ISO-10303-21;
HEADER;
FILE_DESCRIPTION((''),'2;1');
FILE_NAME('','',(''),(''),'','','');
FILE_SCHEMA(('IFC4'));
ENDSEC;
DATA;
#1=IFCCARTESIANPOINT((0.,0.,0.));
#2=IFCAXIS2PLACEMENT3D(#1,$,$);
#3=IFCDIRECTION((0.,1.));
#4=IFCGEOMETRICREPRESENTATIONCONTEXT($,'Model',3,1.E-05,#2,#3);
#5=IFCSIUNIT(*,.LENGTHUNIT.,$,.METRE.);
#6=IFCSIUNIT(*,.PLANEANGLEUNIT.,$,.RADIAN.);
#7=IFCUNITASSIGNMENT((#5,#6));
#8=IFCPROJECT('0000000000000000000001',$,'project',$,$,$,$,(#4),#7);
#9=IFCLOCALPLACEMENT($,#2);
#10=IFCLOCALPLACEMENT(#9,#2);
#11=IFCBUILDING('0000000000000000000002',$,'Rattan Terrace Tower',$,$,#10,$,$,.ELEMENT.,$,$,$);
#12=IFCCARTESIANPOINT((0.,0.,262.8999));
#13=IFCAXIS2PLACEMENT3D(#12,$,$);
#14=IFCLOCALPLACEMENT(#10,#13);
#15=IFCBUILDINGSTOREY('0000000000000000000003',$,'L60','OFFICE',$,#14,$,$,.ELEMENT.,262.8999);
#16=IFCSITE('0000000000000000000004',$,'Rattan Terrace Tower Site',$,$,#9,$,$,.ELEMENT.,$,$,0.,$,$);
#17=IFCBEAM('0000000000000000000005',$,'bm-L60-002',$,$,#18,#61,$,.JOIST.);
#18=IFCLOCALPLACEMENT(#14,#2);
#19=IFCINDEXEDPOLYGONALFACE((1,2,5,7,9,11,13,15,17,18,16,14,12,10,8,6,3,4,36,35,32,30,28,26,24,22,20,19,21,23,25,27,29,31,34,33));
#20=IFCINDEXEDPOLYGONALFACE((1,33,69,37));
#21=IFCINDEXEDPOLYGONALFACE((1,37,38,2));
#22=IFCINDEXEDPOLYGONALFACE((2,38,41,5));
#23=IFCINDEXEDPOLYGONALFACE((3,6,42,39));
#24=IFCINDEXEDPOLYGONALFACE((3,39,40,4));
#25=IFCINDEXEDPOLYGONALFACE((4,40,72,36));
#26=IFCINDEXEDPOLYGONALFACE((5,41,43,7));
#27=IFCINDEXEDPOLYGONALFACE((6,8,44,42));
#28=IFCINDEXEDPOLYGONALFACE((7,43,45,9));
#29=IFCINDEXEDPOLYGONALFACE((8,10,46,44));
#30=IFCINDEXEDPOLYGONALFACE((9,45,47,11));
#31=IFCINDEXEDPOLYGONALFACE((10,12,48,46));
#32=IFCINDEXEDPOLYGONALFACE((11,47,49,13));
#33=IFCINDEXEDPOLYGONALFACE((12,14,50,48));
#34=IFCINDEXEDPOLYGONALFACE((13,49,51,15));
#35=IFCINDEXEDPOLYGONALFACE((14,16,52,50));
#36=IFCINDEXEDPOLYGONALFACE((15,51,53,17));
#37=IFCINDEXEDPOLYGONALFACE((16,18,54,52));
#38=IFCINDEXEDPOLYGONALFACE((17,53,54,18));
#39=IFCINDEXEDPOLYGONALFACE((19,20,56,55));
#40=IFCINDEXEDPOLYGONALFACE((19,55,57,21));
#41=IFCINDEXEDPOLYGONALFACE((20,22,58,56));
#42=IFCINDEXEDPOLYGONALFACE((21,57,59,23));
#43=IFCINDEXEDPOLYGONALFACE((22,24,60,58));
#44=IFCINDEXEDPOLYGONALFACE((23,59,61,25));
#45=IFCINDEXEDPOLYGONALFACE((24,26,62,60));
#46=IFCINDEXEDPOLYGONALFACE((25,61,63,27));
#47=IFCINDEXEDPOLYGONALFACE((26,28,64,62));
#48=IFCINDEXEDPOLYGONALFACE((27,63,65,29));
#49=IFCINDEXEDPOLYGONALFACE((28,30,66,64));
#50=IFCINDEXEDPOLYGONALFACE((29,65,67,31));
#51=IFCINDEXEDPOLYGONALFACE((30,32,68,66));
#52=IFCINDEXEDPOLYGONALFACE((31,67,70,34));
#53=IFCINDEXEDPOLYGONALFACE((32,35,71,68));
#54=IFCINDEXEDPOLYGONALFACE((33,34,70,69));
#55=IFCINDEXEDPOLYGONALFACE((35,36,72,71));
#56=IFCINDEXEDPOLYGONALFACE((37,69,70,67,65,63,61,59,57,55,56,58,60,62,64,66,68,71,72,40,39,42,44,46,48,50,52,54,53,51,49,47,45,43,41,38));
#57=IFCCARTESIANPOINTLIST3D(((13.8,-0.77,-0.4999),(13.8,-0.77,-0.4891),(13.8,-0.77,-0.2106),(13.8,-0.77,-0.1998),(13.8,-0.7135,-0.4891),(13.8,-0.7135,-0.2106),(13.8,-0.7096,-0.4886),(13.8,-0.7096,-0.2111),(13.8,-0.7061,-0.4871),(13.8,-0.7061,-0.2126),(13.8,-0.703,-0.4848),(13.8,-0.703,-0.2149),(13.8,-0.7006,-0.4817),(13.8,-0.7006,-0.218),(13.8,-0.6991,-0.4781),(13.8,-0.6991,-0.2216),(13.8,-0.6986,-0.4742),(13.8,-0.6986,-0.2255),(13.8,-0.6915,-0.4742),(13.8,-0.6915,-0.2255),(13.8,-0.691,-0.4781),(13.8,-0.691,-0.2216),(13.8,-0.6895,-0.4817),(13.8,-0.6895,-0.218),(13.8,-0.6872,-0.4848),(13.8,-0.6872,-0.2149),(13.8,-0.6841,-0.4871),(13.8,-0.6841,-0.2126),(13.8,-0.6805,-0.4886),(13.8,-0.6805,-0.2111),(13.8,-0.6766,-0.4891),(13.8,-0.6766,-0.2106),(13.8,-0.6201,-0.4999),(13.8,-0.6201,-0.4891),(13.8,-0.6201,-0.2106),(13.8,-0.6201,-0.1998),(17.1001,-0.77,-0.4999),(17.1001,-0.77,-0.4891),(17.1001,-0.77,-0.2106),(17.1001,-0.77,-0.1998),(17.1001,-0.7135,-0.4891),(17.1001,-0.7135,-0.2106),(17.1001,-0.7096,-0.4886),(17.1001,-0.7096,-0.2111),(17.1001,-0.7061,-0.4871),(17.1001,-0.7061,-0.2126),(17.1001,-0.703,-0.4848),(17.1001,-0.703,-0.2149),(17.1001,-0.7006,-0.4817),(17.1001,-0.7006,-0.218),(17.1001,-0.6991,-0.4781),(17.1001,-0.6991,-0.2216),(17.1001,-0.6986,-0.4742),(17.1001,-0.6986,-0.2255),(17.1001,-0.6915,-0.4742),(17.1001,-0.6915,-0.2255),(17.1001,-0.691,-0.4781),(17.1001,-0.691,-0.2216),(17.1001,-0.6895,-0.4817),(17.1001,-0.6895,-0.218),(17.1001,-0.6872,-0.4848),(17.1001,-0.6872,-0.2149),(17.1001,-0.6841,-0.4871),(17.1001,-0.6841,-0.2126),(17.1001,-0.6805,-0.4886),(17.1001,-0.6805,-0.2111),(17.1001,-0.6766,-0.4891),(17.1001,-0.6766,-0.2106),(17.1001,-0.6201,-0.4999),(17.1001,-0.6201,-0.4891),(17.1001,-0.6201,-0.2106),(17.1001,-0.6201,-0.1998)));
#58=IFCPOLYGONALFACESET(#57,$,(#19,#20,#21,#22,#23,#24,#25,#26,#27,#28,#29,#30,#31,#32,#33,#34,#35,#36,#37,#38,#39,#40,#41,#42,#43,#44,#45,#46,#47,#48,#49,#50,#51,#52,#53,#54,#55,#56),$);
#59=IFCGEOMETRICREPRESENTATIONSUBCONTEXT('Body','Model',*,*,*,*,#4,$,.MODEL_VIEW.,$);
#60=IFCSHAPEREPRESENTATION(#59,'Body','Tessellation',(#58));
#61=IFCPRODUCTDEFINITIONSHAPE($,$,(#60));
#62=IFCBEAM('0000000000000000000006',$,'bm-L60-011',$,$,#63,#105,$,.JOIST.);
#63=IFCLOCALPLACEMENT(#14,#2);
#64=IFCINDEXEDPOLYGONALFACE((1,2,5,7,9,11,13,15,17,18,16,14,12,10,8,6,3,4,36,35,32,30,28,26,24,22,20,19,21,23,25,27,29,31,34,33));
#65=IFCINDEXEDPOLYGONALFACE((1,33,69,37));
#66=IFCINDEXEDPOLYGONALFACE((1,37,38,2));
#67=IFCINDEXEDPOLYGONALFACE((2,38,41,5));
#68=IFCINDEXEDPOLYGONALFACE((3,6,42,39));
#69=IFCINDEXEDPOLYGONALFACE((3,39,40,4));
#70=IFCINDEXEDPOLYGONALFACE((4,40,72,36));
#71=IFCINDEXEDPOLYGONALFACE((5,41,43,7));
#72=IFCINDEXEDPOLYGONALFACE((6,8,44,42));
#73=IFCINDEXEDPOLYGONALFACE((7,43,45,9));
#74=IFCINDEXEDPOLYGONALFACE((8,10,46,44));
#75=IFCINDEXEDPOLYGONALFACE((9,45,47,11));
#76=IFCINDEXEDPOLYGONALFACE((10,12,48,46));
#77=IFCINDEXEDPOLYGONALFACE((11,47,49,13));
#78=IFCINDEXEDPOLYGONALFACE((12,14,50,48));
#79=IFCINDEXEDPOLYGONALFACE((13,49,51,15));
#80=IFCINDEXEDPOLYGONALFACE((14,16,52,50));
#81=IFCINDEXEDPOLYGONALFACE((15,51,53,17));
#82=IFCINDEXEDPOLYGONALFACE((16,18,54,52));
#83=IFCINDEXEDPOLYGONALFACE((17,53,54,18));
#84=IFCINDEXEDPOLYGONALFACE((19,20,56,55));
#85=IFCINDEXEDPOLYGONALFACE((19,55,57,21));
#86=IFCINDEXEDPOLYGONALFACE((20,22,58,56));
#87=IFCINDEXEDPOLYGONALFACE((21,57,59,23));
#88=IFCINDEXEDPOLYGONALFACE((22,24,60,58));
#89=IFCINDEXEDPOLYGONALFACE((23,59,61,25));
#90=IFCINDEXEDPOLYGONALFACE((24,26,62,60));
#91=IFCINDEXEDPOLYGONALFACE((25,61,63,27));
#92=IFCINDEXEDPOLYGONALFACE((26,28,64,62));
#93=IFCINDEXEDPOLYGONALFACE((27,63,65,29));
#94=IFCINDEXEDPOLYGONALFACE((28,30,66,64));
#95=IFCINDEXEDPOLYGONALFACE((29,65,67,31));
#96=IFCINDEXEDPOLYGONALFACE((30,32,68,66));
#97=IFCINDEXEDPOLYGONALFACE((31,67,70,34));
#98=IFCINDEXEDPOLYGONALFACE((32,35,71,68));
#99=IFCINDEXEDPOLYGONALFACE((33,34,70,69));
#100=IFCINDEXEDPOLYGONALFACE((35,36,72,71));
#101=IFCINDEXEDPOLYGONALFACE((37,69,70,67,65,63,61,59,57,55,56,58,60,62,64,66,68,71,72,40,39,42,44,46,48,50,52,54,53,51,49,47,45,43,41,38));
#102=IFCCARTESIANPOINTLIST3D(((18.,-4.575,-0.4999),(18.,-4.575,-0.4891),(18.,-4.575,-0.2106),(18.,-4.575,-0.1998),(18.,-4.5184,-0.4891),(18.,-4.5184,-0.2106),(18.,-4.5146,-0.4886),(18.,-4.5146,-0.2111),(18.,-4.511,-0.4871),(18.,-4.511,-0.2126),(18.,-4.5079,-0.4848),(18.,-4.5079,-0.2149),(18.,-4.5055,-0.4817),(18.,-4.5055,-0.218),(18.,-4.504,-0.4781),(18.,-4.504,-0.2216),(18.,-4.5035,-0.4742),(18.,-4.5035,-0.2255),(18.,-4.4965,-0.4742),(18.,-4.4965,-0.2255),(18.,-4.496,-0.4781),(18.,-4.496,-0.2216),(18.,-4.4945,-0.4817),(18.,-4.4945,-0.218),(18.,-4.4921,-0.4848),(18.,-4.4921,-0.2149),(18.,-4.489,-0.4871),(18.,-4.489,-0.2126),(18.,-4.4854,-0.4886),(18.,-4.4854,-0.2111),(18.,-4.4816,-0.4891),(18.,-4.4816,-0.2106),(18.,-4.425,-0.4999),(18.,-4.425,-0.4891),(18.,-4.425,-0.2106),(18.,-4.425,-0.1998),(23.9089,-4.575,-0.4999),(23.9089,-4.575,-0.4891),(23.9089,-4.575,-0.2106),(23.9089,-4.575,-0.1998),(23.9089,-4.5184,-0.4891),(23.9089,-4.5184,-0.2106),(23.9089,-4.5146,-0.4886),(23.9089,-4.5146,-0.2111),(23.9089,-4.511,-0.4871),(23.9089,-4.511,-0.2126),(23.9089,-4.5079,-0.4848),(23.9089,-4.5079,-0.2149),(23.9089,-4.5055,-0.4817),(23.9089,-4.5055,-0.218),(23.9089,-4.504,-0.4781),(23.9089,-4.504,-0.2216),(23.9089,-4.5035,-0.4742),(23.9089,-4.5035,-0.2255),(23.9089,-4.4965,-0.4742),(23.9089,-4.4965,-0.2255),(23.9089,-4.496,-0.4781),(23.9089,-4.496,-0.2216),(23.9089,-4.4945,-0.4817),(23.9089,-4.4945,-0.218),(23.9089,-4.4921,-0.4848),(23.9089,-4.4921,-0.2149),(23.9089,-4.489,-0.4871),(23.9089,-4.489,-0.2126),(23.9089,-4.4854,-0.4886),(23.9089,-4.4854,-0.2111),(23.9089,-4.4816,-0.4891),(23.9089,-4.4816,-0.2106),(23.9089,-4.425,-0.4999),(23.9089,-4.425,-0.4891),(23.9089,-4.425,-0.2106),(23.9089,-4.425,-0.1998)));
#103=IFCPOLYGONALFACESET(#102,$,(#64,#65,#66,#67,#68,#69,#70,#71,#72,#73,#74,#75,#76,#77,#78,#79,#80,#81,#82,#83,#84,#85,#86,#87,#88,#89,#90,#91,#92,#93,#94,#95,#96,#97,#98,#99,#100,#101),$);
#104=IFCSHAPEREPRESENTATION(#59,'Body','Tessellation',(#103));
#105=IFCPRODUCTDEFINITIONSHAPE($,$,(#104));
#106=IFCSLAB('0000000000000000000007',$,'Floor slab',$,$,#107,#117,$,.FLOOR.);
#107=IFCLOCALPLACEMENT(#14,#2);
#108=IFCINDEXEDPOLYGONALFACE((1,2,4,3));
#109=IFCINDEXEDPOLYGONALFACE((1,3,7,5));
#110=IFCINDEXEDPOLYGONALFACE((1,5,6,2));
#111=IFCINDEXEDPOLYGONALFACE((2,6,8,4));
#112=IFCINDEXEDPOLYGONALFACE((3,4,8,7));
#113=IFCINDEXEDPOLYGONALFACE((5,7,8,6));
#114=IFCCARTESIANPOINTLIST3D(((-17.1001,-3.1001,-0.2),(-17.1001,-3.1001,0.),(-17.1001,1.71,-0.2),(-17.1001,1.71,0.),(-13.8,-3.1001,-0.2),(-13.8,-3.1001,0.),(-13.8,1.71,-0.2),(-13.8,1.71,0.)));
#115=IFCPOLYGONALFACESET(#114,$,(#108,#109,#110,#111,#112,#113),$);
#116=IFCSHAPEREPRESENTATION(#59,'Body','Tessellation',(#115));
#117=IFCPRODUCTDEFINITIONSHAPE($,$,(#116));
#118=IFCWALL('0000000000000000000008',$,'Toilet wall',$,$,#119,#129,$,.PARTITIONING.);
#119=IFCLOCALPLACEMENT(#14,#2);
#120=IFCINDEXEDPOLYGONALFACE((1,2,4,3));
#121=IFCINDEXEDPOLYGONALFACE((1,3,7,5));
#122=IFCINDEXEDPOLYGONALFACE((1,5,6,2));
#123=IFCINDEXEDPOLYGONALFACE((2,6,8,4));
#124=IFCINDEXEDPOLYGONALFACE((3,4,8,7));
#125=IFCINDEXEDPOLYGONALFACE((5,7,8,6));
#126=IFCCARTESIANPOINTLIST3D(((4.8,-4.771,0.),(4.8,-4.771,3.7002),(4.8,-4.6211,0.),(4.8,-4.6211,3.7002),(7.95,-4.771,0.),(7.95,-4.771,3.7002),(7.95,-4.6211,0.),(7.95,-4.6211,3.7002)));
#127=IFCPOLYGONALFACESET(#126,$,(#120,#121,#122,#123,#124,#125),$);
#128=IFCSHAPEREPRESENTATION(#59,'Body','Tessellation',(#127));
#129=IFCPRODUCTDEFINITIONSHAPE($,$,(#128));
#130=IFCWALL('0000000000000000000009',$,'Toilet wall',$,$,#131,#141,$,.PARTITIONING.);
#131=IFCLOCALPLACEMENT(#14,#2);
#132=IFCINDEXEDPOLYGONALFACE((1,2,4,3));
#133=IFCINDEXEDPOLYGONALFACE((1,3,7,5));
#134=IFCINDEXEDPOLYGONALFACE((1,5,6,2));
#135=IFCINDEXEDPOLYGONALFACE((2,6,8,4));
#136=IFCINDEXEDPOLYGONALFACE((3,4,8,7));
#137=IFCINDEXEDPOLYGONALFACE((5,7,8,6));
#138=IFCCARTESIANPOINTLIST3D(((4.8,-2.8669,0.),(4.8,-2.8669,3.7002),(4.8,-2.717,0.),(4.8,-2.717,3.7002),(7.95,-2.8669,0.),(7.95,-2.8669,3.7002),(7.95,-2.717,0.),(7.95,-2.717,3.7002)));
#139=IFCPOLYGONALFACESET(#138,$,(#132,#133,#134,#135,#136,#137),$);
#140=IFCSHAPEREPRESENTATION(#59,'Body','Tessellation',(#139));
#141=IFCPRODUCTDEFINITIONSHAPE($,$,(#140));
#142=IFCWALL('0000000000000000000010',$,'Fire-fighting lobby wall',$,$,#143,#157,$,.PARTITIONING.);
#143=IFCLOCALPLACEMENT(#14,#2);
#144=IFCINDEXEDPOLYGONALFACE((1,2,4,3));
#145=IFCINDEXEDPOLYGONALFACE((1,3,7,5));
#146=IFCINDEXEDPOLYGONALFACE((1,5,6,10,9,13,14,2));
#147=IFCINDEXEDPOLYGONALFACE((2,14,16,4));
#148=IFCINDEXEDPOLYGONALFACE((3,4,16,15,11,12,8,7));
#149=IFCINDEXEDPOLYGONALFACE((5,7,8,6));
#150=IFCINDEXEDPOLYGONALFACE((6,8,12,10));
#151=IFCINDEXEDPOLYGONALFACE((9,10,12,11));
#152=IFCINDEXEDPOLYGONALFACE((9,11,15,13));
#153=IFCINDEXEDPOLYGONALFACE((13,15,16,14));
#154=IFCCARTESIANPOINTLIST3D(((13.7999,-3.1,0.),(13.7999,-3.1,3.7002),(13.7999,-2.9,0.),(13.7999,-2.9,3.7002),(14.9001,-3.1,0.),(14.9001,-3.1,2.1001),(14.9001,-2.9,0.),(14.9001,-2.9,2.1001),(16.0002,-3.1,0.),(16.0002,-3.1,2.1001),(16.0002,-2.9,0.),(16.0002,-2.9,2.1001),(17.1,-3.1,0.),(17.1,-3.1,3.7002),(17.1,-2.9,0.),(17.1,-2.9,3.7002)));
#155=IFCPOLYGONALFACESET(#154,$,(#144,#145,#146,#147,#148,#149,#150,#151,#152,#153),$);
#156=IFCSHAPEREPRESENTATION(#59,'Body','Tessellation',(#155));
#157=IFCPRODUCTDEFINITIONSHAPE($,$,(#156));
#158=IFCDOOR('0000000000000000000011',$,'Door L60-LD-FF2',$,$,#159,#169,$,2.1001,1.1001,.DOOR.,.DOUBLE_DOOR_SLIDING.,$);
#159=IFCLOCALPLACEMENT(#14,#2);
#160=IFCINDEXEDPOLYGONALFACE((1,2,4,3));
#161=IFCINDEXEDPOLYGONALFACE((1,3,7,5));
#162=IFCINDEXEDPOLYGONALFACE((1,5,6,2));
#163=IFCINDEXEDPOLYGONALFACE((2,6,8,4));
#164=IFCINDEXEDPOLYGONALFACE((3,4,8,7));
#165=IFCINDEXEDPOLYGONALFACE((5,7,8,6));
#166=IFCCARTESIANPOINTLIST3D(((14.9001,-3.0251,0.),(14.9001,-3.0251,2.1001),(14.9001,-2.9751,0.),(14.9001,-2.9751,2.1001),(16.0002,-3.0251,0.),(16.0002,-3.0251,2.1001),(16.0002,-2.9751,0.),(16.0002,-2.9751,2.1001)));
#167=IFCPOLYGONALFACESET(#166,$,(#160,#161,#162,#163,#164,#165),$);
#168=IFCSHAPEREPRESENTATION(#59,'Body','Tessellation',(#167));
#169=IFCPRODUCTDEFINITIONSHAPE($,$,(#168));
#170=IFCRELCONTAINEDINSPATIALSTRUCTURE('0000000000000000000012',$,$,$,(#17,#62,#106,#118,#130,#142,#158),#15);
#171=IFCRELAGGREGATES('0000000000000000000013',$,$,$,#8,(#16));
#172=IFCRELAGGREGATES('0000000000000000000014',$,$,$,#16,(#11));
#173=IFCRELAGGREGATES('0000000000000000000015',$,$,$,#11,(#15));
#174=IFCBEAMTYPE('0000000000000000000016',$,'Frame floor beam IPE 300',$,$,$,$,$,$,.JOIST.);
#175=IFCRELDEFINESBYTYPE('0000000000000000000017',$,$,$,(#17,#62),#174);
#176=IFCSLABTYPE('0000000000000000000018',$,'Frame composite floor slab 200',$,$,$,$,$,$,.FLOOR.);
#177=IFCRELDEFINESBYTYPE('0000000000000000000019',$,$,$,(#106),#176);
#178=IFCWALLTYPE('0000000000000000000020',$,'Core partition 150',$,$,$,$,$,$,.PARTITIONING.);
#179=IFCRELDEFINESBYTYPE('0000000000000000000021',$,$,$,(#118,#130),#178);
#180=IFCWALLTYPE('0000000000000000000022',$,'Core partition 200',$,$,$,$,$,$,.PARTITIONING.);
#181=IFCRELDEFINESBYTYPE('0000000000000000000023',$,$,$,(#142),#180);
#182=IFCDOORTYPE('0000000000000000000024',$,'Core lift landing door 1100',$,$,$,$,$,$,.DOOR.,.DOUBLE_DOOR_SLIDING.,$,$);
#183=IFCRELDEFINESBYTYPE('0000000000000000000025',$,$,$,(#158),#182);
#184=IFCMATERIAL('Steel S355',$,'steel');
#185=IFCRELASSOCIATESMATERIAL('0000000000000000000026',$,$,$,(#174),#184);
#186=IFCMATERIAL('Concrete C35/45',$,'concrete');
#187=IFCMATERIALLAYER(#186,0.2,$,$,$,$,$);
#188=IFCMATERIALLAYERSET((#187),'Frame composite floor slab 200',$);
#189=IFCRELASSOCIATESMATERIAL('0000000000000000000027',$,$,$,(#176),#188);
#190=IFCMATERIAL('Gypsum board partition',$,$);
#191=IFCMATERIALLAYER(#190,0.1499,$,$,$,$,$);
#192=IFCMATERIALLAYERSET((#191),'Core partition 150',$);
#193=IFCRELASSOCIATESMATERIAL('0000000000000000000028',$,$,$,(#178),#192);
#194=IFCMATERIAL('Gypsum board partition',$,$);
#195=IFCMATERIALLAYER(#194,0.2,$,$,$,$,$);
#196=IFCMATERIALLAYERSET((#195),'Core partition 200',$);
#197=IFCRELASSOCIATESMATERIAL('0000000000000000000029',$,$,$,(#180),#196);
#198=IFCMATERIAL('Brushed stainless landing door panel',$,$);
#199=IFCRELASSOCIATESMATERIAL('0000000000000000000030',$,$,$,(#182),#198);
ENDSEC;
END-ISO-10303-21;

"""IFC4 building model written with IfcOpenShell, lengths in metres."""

from ifc_helpers import new_model, si_unit, direction, frame, frame_2d, origin, origin_2d, place, context, subcontext, project, spatial, polyline, rectangle, i_section, outline, extrude, material, layer, layer_set, material_profile, profile_set, type_object, element, fill, save


model = new_model("IFC4")

# Units and contexts
model_context = context("Model", 3, precision=1e-05, world=origin(), true_north=direction((0.0, 1.0)))
body_context = subcontext(model_context, "Body", "Model", "MODEL_VIEW")
ifc_project = project(units=[si_unit("LENGTHUNIT", "METRE"), si_unit("PLANEANGLEUNIT", "RADIAN")], contexts=[model_context])

# Site, building, storey
site_placement = place(None, origin())
site = spatial("IfcSite", under=ifc_project, at=site_placement, Name="Rattan Terrace Tower Site", CompositionType="ELEMENT", RefElevation=0.0)
building_placement = place(site_placement, origin())
building = spatial("IfcBuilding", under=site, at=building_placement, Name="Rattan Terrace Tower", CompositionType="ELEMENT")
storey_placement = place(building_placement, frame((0.0, 0.0, 262.8999)))
storey = spatial("IfcBuildingStorey", under=building, at=storey_placement, Name="L60", Description="OFFICE", CompositionType="ELEMENT", Elevation=262.8999)

# Beams
ifc_material_1 = material(Name="Steel S355", Category="steel")
ifc_material_profile = material_profile(ifc_material_1, i_section(OverallWidth=0.1499, OverallDepth=0.3, WebThickness=0.0071, FlangeThickness=0.0107, FilletRadius=0.0149, at=origin_2d()), Name="IPE 300")
ifc_profile_set = profile_set([ifc_material_profile], Name="Steel S355")
beam_type = type_object("IfcBeamType", Name="Frame floor beam IPE 300", PredefinedType="JOIST", material=ifc_profile_set)
beam_1_placement = place(storey_placement, frame((13.8, -0.6951, -0.3499), z_axis=(1.0, 0.0, 0.0), x_axis=(0.0, 1.0, 0.0)))
element("IfcBeam", 1, at=beam_1_placement, inside=storey, type_object=beam_type, Name="bm-L60-002", PredefinedType="JOIST", context=body_context, shape_type="SweptSolid", body=[
    extrude(i_section(OverallWidth=0.1499, OverallDepth=0.3, WebThickness=0.0071, FlangeThickness=0.0107, FilletRadius=0.0149, at=origin_2d()), origin(), (0.0, 0.0, 1.0), 3.3),
])
beam_2_placement = place(storey_placement, frame((18.0, -4.5, -0.3499), z_axis=(1.0, 0.0, 0.0), x_axis=(0.0, 1.0, 0.0)))
element("IfcBeam", 2, at=beam_2_placement, inside=storey, type_object=beam_type, Name="bm-L60-011", PredefinedType="JOIST", context=body_context, shape_type="SweptSolid", body=[
    extrude(i_section(OverallWidth=0.1499, OverallDepth=0.3, WebThickness=0.0071, FlangeThickness=0.0107, FilletRadius=0.0149, at=origin_2d()), origin(), (0.0, 0.0, 1.0), 5.9089),
])

# Slab
ifc_material_2 = material(Name="Concrete C35/45", Category="concrete")
ifc_layer_1 = layer(ifc_material_2, 0.2)
ifc_layer_set_1 = layer_set([ifc_layer_1], Name="Frame composite floor slab 200")
slab_type = type_object("IfcSlabType", Name="Frame composite floor slab 200", PredefinedType="FLOOR", material=ifc_layer_set_1)
slab_placement = place(storey_placement, frame((0.0, 0.0, -0.2)))
element("IfcSlab", 3, at=slab_placement, inside=storey, type_object=slab_type, Name="Floor slab", PredefinedType="FLOOR", context=body_context, shape_type="SweptSolid", body=[
    extrude(outline(polyline([(-17.1001, -3.1001), (-13.8, -3.1001), (-13.8, 1.71), (-17.1001, 1.71), (-17.1001, -3.1001)])), origin(), (0.0, 0.0, 1.0), 0.2),
])

# Walls
ifc_material_3 = material(Name="Gypsum board partition")
ifc_layer_2 = layer(ifc_material_3, 0.1499)
ifc_layer_set_2 = layer_set([ifc_layer_2], Name="Core partition 150")
wall_type_1 = type_object("IfcWallType", Name="Core partition 150", PredefinedType="PARTITIONING", material=ifc_layer_set_2)
for number, where, z_axis, x_axis, name in (
    (4, (4.8, -4.696, 0.0), (0.0, 0.0, 1.0), (1.0, 0.0, 0.0), "Toilet wall"),
    (5, (4.8, -2.792, 0.0), (0.0, 0.0, 1.0), (1.0, 0.0, 0.0), "Toilet wall"),
):
    element("IfcWall", number, at=place(storey_placement, frame(where, z_axis=z_axis, x_axis=x_axis)), inside=storey, type_object=wall_type_1, Name=name, PredefinedType="PARTITIONING", context=body_context, shape_type="SweptSolid", body=[
        extrude(rectangle(XDim=3.1499, YDim=0.1499, at=frame_2d((1.575, 0.0))), origin(), (0.0, 0.0, 1.0), 3.7002),
    ])

# Wall, opening, door
ifc_material_4 = material(Name="Gypsum board partition")
ifc_layer_3 = layer(ifc_material_4, 0.2)
ifc_layer_set_3 = layer_set([ifc_layer_3], Name="Core partition 200")
wall_type_2 = type_object("IfcWallType", Name="Core partition 200", PredefinedType="PARTITIONING", material=ifc_layer_set_3)
wall_1_placement = place(storey_placement, frame((13.8, -3.0, 0.0), z_axis=(0.0, 0.0, 1.0), x_axis=(1.0, 0.0, 0.0)))
wall_1 = element("IfcWall", 6, at=wall_1_placement, inside=storey, type_object=wall_type_2, Name="Fire-fighting lobby wall", PredefinedType="PARTITIONING", context=body_context, shape_type="SweptSolid", body=[
    extrude(rectangle(XDim=3.3, YDim=0.2, at=frame_2d((1.6499, 0.0))), origin(), (0.0, 0.0, 1.0), 3.7002),
])
opening_1_placement = place(wall_1_placement, frame((1.1001, 0.0, 0.0)))
opening_1 = element("IfcOpeningElement", 7, at=opening_1_placement, cuts=wall_1, PredefinedType="OPENING", context=body_context, shape_type="SweptSolid", body=[
    extrude(rectangle(XDim=1.1001, YDim=2.1001, at=frame_2d((0.55, 1.05))), frame((0.0, 0.1106, 0.0), z_axis=(0.0, -1.0, 0.0), x_axis=(1.0, 0.0, 0.0)), (0.0, 0.0, 1.0), 0.2209),
])
ifc_material_5 = material(Name="Brushed stainless landing door panel")
door_type_1 = type_object("IfcDoorType", Name="Core lift landing door 1100", OperationType="DOUBLE_DOOR_SLIDING", PredefinedType="DOOR", material=ifc_material_5)
door_1_placement = place(opening_1_placement, origin())
door_1 = element("IfcDoor", 8, at=door_1_placement, inside=storey, type_object=door_type_1, Name="Door L60-LD-FF2", OperationType="DOUBLE_DOOR_SLIDING", OverallHeight=2.1001, OverallWidth=1.1001, PredefinedType="DOOR", context=body_context, shape_type="SweptSolid", body=[
    extrude(rectangle(XDim=1.1001, YDim=2.1001, at=frame_2d((0.55, 1.05))), frame((0.0, 0.0249, 0.0), z_axis=(0.0, -1.0, 0.0), x_axis=(1.0, 0.0, 0.0)), (0.0, 0.0, 1.0), 0.05),
])
fill(opening_1, door_1)

save(model, "model.ifc")
